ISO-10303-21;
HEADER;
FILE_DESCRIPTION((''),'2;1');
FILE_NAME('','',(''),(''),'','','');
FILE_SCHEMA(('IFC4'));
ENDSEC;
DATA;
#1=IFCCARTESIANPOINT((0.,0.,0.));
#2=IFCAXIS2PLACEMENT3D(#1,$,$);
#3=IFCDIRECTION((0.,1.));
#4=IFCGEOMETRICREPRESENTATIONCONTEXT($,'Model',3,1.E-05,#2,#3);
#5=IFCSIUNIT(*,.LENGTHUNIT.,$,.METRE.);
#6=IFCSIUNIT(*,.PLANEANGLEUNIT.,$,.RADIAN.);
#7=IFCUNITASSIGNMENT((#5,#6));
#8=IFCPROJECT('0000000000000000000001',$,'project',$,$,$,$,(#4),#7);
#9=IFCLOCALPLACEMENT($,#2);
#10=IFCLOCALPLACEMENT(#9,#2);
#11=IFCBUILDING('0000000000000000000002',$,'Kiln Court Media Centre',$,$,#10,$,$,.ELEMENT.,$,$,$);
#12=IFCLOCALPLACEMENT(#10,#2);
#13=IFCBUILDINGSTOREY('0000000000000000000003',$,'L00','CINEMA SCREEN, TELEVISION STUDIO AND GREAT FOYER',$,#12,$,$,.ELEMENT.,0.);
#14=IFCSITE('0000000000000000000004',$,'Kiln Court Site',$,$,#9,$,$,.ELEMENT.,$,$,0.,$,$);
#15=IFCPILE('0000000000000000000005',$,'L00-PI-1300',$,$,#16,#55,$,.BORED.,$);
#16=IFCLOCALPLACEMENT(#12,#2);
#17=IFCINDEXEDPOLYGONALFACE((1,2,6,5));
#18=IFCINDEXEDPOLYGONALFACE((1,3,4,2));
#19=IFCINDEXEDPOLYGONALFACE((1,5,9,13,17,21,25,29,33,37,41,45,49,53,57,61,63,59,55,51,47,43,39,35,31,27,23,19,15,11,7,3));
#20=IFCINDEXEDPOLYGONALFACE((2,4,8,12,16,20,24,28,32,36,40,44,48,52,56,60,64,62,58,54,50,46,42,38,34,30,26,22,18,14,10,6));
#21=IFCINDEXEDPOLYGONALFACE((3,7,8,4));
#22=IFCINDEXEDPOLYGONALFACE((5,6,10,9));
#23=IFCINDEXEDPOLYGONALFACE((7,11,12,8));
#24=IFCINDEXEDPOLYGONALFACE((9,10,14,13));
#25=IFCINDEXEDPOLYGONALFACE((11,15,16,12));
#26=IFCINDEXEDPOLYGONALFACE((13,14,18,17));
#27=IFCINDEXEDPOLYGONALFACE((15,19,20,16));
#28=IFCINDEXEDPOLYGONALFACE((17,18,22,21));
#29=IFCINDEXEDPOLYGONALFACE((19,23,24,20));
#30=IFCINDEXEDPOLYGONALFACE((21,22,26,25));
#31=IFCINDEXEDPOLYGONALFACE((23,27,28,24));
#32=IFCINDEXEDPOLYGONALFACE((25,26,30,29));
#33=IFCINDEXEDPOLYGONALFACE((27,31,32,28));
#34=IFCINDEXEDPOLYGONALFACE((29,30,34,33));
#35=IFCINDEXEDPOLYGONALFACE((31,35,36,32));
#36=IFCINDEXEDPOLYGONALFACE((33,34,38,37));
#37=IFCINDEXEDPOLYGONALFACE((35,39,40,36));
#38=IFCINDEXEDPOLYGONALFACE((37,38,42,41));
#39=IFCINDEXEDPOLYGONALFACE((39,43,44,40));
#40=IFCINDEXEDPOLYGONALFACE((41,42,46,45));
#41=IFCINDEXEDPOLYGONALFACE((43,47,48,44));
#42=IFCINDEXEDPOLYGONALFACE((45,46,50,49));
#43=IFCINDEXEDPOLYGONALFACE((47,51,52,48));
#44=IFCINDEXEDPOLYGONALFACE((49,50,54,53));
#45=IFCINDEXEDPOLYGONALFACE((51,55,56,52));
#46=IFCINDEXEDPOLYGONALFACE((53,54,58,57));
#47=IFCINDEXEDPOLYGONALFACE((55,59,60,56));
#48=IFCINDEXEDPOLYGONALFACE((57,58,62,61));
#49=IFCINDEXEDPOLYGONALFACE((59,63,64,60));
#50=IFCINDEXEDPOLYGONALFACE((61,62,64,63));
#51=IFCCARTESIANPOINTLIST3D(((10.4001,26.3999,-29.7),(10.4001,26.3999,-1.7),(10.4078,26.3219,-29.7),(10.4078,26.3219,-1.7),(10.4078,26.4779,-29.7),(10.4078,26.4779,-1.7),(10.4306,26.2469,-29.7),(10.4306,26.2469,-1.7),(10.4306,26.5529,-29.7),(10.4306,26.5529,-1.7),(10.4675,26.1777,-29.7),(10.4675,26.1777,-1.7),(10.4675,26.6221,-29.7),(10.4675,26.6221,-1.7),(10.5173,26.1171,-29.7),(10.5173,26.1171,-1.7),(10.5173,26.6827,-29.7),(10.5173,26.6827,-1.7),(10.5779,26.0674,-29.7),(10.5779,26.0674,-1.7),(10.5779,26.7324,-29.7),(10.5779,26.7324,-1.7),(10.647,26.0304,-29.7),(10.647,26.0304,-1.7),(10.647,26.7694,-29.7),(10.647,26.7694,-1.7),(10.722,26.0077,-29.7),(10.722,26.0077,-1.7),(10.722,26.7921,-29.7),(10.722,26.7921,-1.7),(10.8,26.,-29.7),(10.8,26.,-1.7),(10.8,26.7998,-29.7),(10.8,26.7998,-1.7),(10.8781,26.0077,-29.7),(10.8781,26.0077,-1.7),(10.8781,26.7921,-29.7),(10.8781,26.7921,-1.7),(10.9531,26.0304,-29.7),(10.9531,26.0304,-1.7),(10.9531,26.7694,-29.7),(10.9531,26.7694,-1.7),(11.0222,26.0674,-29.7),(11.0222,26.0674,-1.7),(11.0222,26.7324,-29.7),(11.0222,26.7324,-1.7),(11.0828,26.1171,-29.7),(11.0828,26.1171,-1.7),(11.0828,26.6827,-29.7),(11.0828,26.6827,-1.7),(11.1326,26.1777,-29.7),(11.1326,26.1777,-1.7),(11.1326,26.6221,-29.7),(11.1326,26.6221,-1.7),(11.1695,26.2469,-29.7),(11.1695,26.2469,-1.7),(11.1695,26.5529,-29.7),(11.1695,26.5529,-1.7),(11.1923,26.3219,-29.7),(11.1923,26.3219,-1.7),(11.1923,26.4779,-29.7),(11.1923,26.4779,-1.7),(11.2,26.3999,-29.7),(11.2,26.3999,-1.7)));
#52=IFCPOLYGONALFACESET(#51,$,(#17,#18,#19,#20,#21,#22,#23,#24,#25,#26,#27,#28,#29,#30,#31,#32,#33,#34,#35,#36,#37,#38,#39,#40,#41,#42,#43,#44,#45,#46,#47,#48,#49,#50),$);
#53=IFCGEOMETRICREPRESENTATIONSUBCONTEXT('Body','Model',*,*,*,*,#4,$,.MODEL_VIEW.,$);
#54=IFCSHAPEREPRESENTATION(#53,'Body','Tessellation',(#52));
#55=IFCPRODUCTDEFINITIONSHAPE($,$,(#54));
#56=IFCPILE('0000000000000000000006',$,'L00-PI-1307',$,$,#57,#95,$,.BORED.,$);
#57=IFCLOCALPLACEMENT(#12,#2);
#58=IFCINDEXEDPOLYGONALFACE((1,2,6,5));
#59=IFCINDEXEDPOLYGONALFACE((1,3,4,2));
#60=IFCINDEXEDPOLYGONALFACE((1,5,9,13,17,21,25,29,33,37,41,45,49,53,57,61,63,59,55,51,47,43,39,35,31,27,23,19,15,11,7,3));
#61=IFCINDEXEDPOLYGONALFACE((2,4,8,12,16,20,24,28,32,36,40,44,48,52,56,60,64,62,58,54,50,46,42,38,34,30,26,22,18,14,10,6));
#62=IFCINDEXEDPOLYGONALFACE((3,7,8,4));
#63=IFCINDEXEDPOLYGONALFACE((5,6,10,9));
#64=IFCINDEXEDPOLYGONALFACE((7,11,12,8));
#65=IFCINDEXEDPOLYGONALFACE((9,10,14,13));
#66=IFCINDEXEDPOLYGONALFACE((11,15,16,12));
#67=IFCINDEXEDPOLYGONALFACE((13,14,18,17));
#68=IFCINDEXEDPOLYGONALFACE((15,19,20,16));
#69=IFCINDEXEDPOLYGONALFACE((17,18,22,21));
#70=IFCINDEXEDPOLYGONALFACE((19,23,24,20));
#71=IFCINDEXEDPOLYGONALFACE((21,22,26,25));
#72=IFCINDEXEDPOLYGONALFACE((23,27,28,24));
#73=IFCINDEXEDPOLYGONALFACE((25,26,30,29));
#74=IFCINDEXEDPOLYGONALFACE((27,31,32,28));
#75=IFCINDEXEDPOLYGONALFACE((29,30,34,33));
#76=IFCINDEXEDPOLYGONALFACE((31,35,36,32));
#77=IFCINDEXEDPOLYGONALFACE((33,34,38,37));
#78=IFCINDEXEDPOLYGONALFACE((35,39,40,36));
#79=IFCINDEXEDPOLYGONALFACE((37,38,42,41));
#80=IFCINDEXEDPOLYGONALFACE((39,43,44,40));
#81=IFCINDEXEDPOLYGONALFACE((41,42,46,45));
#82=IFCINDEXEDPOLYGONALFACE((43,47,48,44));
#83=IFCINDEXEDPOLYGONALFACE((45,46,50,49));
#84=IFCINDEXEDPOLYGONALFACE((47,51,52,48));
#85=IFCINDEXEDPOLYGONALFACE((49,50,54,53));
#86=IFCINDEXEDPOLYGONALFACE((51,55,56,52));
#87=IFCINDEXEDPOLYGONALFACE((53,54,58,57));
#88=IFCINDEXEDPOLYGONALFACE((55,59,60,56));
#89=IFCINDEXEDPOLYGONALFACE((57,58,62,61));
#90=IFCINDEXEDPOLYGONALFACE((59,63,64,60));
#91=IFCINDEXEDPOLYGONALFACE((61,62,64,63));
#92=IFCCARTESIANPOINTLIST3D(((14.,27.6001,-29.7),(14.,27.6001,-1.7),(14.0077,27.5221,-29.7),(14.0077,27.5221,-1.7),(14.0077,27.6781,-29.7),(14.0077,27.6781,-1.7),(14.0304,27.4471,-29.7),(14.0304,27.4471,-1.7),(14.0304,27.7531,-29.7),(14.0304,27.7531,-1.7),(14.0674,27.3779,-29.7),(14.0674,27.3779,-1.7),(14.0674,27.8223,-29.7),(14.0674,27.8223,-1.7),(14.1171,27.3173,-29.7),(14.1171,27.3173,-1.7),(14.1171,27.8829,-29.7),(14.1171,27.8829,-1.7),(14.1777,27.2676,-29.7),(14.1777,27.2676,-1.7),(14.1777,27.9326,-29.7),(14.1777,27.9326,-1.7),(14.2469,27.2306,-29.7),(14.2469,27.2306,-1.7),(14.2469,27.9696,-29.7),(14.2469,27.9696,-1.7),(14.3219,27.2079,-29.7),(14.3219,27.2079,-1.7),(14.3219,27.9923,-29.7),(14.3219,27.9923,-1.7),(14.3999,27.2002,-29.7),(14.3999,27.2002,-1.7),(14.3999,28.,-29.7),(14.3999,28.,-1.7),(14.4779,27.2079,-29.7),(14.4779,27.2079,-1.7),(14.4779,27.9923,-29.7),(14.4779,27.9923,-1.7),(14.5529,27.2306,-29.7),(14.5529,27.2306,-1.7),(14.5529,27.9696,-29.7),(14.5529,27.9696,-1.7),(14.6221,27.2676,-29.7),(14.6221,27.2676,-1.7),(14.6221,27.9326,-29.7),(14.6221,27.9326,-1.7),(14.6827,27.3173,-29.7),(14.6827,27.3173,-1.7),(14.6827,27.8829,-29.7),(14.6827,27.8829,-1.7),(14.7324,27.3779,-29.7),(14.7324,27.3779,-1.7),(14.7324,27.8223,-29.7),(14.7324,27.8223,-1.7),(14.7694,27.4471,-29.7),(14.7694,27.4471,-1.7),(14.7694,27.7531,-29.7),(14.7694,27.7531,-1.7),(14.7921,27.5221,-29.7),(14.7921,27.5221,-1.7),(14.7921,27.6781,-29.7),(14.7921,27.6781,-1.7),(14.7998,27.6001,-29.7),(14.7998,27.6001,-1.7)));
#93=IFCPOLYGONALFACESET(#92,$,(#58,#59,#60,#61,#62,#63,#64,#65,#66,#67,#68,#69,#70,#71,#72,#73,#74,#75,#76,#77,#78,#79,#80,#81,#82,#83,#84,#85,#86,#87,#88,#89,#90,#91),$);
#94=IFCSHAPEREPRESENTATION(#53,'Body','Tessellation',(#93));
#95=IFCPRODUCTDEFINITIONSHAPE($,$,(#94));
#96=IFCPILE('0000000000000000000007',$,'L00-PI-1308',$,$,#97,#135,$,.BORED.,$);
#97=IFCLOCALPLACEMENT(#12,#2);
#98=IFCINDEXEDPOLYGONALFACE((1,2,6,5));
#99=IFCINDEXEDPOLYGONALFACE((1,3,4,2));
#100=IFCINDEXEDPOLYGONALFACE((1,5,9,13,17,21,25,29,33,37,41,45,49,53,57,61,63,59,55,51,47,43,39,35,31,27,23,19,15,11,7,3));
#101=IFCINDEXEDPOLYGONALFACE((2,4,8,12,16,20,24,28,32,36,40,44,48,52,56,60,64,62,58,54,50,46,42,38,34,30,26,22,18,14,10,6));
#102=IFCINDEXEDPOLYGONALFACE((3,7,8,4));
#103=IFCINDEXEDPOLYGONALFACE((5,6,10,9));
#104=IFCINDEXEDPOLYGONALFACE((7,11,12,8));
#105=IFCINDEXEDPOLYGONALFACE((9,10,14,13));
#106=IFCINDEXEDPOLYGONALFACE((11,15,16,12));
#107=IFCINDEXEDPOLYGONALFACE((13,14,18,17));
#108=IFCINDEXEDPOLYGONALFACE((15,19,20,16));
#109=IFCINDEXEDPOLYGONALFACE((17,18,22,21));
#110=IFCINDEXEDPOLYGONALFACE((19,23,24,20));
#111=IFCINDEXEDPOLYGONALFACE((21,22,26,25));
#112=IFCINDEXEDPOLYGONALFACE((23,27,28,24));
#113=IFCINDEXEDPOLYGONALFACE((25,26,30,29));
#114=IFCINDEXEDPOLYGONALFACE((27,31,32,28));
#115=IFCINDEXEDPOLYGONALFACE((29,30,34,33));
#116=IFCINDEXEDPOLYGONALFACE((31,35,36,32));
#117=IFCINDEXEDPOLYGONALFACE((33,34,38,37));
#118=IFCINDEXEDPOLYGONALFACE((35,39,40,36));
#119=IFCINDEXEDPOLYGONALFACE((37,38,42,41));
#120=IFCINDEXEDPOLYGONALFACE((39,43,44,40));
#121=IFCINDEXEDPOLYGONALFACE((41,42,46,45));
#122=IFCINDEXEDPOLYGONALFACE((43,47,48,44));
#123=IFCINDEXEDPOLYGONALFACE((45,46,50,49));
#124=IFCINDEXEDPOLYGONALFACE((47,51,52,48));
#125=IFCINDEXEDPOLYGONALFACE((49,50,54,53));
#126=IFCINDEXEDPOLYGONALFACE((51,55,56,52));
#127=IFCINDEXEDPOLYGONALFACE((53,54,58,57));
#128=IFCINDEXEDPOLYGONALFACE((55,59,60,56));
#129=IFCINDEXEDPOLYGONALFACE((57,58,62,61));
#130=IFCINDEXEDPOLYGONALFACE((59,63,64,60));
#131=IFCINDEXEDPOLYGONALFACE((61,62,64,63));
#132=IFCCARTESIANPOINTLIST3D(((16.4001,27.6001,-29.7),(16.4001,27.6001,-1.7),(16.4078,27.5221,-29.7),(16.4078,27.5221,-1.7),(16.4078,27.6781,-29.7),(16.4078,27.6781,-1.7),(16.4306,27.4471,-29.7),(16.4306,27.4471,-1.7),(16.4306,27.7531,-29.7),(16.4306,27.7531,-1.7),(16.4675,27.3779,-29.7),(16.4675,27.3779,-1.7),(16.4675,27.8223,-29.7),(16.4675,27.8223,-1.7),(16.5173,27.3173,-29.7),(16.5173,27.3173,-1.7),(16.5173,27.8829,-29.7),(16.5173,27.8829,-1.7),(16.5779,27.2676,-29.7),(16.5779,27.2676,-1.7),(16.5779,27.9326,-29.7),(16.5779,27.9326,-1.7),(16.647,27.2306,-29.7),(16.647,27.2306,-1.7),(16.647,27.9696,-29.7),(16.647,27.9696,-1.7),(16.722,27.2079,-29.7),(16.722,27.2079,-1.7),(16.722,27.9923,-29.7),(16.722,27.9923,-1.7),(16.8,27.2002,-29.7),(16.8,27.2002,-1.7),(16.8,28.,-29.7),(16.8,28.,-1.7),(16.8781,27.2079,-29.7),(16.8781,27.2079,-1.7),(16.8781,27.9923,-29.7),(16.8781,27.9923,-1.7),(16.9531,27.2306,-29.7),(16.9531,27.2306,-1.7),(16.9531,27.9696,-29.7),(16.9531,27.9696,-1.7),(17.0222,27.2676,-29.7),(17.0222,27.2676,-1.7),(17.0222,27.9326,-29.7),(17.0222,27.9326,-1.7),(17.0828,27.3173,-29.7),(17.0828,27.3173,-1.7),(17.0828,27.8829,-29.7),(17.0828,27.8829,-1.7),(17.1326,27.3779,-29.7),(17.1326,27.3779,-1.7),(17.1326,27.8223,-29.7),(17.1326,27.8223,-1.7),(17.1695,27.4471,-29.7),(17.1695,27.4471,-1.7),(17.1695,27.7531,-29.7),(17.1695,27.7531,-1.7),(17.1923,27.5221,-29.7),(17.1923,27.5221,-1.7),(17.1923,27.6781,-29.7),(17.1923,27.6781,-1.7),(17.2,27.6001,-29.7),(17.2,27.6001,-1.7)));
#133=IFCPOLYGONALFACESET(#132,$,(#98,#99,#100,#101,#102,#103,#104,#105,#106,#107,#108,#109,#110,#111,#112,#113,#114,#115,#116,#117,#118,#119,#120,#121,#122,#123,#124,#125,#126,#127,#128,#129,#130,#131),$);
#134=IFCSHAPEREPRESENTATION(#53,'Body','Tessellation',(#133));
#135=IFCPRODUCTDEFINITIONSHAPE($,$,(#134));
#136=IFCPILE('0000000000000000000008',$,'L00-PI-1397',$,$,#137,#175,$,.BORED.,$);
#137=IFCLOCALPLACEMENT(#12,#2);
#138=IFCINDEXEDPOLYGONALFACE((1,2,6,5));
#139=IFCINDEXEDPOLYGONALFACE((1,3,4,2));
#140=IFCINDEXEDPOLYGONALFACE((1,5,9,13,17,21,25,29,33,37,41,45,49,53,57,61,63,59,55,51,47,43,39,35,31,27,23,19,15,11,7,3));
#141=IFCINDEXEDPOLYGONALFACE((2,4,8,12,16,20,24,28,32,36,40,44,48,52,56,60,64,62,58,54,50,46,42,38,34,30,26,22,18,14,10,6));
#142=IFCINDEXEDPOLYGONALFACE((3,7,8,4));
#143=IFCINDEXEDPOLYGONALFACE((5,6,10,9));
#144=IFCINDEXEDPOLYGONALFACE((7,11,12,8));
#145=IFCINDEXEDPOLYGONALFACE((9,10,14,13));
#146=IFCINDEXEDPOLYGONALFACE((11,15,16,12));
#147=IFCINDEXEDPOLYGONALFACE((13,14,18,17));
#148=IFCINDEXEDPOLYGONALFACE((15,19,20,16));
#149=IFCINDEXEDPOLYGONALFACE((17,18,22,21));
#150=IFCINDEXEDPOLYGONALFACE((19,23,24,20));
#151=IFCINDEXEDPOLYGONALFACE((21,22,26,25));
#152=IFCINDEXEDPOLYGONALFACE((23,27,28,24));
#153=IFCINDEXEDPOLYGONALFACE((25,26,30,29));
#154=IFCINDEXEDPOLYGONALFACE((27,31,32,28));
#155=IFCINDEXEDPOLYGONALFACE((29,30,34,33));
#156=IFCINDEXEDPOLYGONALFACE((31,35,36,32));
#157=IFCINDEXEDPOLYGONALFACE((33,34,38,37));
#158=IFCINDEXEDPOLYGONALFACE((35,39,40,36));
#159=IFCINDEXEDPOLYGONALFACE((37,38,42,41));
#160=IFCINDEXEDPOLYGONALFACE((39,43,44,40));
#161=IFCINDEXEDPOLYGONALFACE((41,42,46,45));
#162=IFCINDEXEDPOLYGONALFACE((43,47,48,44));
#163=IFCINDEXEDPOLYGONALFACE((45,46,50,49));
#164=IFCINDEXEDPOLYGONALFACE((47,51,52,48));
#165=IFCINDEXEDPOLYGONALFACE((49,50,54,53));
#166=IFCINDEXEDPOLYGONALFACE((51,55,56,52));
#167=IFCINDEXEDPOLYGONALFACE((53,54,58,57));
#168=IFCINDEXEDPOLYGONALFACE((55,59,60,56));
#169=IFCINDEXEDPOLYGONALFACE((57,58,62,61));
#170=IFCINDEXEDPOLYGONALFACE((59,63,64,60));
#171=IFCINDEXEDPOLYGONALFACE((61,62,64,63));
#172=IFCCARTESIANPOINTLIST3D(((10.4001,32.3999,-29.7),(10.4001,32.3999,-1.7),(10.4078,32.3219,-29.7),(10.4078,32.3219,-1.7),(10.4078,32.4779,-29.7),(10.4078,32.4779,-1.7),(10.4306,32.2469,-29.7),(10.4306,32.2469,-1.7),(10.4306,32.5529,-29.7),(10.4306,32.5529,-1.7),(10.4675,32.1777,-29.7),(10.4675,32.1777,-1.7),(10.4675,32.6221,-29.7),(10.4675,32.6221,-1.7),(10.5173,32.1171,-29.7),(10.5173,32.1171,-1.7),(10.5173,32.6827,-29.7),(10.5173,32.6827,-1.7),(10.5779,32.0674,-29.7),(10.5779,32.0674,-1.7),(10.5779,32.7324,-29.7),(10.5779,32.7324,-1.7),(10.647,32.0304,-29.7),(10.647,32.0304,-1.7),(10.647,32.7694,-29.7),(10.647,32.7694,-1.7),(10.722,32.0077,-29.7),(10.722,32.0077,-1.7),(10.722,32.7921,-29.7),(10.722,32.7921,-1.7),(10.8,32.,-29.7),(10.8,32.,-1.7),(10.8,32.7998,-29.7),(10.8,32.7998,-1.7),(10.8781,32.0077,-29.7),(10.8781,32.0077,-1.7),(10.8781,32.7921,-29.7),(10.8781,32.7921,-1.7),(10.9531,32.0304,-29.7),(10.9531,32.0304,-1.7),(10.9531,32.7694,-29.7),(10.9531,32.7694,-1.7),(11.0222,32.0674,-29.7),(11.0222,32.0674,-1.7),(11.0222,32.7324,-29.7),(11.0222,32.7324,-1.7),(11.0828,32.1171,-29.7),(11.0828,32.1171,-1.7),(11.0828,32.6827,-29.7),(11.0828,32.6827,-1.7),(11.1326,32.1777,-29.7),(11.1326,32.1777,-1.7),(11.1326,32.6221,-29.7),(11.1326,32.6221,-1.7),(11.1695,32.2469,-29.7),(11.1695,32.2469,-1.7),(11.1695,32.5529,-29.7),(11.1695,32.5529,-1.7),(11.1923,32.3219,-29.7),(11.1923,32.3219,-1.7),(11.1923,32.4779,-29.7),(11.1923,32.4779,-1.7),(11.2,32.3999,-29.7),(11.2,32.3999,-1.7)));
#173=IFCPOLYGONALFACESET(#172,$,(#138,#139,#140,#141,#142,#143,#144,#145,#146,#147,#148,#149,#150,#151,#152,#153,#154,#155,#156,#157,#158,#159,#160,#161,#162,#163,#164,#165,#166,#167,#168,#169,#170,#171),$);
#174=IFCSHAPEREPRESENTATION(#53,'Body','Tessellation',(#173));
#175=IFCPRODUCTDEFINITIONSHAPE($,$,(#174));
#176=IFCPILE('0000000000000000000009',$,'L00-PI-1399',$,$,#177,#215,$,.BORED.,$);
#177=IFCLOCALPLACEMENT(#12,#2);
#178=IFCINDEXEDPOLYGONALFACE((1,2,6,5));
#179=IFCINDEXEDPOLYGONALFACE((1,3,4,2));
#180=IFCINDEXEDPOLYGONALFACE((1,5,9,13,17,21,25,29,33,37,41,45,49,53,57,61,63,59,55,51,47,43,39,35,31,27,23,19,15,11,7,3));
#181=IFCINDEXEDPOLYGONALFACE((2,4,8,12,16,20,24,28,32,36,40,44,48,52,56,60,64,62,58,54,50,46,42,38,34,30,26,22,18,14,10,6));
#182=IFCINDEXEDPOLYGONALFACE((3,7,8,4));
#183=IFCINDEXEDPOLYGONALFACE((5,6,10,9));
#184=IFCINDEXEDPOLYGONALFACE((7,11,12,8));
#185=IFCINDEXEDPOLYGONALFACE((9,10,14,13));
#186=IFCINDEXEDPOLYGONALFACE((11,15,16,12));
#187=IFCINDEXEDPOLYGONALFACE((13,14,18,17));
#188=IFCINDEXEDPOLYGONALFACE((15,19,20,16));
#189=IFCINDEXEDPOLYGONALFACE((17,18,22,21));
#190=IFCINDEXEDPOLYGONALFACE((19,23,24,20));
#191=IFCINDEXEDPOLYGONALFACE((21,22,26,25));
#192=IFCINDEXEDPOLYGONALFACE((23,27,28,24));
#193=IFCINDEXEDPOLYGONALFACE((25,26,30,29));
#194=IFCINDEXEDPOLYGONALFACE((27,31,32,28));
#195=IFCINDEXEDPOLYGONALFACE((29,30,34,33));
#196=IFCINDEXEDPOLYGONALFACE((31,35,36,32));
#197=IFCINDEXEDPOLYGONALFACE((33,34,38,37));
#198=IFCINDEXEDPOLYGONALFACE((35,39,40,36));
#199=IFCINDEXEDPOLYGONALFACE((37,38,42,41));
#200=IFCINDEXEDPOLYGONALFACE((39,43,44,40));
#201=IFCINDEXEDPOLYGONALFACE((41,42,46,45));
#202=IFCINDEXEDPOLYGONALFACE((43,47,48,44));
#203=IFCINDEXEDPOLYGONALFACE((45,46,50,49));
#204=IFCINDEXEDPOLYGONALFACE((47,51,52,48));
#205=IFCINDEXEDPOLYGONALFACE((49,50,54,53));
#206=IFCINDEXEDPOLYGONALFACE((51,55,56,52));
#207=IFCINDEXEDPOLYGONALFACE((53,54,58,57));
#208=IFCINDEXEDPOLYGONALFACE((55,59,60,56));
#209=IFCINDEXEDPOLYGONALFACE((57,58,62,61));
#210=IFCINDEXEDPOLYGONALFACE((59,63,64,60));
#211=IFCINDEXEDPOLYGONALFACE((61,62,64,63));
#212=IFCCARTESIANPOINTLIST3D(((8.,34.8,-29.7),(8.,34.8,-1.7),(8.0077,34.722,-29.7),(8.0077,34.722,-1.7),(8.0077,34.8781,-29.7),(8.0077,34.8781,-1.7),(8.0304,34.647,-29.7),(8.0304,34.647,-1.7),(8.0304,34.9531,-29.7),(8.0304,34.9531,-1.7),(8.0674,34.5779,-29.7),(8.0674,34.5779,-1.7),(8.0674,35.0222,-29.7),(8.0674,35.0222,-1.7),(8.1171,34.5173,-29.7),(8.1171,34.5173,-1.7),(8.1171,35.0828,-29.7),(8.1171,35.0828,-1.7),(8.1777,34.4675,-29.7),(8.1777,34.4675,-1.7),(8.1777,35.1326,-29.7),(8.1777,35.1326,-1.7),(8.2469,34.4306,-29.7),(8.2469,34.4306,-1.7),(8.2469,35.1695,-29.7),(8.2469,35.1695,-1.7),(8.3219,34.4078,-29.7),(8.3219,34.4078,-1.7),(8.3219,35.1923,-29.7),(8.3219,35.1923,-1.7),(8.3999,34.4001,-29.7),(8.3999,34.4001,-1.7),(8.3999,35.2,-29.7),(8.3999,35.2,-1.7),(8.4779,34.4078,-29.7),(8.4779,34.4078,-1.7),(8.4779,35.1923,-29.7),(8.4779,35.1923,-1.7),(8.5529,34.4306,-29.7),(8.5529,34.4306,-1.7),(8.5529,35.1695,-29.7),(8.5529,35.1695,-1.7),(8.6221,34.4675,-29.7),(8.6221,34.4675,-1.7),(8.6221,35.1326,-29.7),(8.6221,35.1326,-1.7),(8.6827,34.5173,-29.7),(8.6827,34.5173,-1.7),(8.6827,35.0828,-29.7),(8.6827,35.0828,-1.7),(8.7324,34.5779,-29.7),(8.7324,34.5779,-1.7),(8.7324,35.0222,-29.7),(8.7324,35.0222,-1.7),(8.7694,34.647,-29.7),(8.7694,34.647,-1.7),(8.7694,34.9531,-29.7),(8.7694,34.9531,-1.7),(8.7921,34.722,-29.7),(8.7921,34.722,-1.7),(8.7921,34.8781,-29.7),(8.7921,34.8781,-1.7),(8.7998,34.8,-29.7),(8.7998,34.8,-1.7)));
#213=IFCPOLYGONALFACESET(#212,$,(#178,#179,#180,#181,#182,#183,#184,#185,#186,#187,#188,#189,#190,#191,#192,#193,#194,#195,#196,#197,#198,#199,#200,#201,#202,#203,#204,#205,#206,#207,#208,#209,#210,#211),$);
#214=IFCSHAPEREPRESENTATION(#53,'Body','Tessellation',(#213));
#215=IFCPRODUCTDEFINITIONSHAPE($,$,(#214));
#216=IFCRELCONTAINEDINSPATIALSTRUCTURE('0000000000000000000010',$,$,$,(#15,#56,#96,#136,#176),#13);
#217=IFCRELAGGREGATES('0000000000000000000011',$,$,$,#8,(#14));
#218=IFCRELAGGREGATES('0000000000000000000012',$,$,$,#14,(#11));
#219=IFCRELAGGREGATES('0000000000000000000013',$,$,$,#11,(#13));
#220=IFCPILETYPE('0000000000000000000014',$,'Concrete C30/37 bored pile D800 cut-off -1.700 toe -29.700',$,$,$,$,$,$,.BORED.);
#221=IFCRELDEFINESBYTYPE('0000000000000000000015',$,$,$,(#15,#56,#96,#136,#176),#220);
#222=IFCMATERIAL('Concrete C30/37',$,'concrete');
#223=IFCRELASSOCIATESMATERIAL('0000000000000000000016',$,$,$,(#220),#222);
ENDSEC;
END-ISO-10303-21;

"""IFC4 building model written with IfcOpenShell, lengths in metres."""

from ifc_helpers import new_model, si_unit, direction, frame, origin, origin_2d, place, context, subcontext, project, spatial, circle, extrude, material, material_profile, profile_set, type_object, element, save


model = new_model("IFC4")

# Units and contexts
model_context = context("Model", 3, precision=1e-05, world=origin(), true_north=direction((0.0, 1.0)))
body_context = subcontext(model_context, "Body", "Model", "MODEL_VIEW")
ifc_project = project(units=[si_unit("LENGTHUNIT", "METRE"), si_unit("PLANEANGLEUNIT", "RADIAN")], contexts=[model_context])

# Site, building, storey
site_placement = place(None, origin())
site = spatial("IfcSite", under=ifc_project, at=site_placement, Name="Kiln Court Site", CompositionType="ELEMENT", RefElevation=0.0)
building_placement = place(site_placement, origin())
building = spatial("IfcBuilding", under=site, at=building_placement, Name="Kiln Court Media Centre", CompositionType="ELEMENT")
storey_placement = place(building_placement, origin())
storey = spatial("IfcBuildingStorey", under=building, at=storey_placement, Name="L00", Description="CINEMA SCREEN, TELEVISION STUDIO AND GREAT FOYER", CompositionType="ELEMENT", Elevation=0.0)

# Piles
ifc_material_1 = material(Name="Concrete C30/37", Category="concrete")
ifc_material_profile_1 = material_profile(ifc_material_1, circle(Radius=0.3999, at=origin_2d()), Name="PILE D800")
ifc_profile_set_1 = profile_set([ifc_material_profile_1], Name="Concrete C30/37")
pile_type_1 = type_object("IfcPileType", Name="Concrete C30/37 bored pile D800 cut-off -1.700 toe -29.700", PredefinedType="BORED", material=ifc_profile_set_1)
for number, where, z_axis, x_axis, name in (
    (1, (10.8, 26.3999, -1.7), (0.0, 0.0, -1.0), (1.0, 0.0, 0.0), "L00-PI-1300"),
    (2, (14.3999, 27.6001, -1.7), (0.0, 0.0, -1.0), (1.0, 0.0, 0.0), "L00-PI-1307"),
    (3, (16.8, 27.6001, -1.7), (0.0, 0.0, -1.0), (1.0, 0.0, 0.0), "L00-PI-1308"),
    (4, (10.8, 32.3999, -1.7), (0.0, 0.0, -1.0), (1.0, 0.0, 0.0), "L00-PI-1397"),
    (5, (8.3999, 34.8, -1.7), (0.0, 0.0, -1.0), (1.0, 0.0, 0.0), "L00-PI-1399"),
):
    element("IfcPile", number, at=place(storey_placement, frame(where, z_axis=z_axis, x_axis=x_axis)), inside=storey, type_object=pile_type_1, Name=name, PredefinedType="BORED", context=body_context, shape_type="SweptSolid", body=[
        extrude(circle(Radius=0.3999, at=origin_2d()), origin(), (0.0, 0.0, 1.0), 28.0),
    ])

save(model, "model.ifc")
